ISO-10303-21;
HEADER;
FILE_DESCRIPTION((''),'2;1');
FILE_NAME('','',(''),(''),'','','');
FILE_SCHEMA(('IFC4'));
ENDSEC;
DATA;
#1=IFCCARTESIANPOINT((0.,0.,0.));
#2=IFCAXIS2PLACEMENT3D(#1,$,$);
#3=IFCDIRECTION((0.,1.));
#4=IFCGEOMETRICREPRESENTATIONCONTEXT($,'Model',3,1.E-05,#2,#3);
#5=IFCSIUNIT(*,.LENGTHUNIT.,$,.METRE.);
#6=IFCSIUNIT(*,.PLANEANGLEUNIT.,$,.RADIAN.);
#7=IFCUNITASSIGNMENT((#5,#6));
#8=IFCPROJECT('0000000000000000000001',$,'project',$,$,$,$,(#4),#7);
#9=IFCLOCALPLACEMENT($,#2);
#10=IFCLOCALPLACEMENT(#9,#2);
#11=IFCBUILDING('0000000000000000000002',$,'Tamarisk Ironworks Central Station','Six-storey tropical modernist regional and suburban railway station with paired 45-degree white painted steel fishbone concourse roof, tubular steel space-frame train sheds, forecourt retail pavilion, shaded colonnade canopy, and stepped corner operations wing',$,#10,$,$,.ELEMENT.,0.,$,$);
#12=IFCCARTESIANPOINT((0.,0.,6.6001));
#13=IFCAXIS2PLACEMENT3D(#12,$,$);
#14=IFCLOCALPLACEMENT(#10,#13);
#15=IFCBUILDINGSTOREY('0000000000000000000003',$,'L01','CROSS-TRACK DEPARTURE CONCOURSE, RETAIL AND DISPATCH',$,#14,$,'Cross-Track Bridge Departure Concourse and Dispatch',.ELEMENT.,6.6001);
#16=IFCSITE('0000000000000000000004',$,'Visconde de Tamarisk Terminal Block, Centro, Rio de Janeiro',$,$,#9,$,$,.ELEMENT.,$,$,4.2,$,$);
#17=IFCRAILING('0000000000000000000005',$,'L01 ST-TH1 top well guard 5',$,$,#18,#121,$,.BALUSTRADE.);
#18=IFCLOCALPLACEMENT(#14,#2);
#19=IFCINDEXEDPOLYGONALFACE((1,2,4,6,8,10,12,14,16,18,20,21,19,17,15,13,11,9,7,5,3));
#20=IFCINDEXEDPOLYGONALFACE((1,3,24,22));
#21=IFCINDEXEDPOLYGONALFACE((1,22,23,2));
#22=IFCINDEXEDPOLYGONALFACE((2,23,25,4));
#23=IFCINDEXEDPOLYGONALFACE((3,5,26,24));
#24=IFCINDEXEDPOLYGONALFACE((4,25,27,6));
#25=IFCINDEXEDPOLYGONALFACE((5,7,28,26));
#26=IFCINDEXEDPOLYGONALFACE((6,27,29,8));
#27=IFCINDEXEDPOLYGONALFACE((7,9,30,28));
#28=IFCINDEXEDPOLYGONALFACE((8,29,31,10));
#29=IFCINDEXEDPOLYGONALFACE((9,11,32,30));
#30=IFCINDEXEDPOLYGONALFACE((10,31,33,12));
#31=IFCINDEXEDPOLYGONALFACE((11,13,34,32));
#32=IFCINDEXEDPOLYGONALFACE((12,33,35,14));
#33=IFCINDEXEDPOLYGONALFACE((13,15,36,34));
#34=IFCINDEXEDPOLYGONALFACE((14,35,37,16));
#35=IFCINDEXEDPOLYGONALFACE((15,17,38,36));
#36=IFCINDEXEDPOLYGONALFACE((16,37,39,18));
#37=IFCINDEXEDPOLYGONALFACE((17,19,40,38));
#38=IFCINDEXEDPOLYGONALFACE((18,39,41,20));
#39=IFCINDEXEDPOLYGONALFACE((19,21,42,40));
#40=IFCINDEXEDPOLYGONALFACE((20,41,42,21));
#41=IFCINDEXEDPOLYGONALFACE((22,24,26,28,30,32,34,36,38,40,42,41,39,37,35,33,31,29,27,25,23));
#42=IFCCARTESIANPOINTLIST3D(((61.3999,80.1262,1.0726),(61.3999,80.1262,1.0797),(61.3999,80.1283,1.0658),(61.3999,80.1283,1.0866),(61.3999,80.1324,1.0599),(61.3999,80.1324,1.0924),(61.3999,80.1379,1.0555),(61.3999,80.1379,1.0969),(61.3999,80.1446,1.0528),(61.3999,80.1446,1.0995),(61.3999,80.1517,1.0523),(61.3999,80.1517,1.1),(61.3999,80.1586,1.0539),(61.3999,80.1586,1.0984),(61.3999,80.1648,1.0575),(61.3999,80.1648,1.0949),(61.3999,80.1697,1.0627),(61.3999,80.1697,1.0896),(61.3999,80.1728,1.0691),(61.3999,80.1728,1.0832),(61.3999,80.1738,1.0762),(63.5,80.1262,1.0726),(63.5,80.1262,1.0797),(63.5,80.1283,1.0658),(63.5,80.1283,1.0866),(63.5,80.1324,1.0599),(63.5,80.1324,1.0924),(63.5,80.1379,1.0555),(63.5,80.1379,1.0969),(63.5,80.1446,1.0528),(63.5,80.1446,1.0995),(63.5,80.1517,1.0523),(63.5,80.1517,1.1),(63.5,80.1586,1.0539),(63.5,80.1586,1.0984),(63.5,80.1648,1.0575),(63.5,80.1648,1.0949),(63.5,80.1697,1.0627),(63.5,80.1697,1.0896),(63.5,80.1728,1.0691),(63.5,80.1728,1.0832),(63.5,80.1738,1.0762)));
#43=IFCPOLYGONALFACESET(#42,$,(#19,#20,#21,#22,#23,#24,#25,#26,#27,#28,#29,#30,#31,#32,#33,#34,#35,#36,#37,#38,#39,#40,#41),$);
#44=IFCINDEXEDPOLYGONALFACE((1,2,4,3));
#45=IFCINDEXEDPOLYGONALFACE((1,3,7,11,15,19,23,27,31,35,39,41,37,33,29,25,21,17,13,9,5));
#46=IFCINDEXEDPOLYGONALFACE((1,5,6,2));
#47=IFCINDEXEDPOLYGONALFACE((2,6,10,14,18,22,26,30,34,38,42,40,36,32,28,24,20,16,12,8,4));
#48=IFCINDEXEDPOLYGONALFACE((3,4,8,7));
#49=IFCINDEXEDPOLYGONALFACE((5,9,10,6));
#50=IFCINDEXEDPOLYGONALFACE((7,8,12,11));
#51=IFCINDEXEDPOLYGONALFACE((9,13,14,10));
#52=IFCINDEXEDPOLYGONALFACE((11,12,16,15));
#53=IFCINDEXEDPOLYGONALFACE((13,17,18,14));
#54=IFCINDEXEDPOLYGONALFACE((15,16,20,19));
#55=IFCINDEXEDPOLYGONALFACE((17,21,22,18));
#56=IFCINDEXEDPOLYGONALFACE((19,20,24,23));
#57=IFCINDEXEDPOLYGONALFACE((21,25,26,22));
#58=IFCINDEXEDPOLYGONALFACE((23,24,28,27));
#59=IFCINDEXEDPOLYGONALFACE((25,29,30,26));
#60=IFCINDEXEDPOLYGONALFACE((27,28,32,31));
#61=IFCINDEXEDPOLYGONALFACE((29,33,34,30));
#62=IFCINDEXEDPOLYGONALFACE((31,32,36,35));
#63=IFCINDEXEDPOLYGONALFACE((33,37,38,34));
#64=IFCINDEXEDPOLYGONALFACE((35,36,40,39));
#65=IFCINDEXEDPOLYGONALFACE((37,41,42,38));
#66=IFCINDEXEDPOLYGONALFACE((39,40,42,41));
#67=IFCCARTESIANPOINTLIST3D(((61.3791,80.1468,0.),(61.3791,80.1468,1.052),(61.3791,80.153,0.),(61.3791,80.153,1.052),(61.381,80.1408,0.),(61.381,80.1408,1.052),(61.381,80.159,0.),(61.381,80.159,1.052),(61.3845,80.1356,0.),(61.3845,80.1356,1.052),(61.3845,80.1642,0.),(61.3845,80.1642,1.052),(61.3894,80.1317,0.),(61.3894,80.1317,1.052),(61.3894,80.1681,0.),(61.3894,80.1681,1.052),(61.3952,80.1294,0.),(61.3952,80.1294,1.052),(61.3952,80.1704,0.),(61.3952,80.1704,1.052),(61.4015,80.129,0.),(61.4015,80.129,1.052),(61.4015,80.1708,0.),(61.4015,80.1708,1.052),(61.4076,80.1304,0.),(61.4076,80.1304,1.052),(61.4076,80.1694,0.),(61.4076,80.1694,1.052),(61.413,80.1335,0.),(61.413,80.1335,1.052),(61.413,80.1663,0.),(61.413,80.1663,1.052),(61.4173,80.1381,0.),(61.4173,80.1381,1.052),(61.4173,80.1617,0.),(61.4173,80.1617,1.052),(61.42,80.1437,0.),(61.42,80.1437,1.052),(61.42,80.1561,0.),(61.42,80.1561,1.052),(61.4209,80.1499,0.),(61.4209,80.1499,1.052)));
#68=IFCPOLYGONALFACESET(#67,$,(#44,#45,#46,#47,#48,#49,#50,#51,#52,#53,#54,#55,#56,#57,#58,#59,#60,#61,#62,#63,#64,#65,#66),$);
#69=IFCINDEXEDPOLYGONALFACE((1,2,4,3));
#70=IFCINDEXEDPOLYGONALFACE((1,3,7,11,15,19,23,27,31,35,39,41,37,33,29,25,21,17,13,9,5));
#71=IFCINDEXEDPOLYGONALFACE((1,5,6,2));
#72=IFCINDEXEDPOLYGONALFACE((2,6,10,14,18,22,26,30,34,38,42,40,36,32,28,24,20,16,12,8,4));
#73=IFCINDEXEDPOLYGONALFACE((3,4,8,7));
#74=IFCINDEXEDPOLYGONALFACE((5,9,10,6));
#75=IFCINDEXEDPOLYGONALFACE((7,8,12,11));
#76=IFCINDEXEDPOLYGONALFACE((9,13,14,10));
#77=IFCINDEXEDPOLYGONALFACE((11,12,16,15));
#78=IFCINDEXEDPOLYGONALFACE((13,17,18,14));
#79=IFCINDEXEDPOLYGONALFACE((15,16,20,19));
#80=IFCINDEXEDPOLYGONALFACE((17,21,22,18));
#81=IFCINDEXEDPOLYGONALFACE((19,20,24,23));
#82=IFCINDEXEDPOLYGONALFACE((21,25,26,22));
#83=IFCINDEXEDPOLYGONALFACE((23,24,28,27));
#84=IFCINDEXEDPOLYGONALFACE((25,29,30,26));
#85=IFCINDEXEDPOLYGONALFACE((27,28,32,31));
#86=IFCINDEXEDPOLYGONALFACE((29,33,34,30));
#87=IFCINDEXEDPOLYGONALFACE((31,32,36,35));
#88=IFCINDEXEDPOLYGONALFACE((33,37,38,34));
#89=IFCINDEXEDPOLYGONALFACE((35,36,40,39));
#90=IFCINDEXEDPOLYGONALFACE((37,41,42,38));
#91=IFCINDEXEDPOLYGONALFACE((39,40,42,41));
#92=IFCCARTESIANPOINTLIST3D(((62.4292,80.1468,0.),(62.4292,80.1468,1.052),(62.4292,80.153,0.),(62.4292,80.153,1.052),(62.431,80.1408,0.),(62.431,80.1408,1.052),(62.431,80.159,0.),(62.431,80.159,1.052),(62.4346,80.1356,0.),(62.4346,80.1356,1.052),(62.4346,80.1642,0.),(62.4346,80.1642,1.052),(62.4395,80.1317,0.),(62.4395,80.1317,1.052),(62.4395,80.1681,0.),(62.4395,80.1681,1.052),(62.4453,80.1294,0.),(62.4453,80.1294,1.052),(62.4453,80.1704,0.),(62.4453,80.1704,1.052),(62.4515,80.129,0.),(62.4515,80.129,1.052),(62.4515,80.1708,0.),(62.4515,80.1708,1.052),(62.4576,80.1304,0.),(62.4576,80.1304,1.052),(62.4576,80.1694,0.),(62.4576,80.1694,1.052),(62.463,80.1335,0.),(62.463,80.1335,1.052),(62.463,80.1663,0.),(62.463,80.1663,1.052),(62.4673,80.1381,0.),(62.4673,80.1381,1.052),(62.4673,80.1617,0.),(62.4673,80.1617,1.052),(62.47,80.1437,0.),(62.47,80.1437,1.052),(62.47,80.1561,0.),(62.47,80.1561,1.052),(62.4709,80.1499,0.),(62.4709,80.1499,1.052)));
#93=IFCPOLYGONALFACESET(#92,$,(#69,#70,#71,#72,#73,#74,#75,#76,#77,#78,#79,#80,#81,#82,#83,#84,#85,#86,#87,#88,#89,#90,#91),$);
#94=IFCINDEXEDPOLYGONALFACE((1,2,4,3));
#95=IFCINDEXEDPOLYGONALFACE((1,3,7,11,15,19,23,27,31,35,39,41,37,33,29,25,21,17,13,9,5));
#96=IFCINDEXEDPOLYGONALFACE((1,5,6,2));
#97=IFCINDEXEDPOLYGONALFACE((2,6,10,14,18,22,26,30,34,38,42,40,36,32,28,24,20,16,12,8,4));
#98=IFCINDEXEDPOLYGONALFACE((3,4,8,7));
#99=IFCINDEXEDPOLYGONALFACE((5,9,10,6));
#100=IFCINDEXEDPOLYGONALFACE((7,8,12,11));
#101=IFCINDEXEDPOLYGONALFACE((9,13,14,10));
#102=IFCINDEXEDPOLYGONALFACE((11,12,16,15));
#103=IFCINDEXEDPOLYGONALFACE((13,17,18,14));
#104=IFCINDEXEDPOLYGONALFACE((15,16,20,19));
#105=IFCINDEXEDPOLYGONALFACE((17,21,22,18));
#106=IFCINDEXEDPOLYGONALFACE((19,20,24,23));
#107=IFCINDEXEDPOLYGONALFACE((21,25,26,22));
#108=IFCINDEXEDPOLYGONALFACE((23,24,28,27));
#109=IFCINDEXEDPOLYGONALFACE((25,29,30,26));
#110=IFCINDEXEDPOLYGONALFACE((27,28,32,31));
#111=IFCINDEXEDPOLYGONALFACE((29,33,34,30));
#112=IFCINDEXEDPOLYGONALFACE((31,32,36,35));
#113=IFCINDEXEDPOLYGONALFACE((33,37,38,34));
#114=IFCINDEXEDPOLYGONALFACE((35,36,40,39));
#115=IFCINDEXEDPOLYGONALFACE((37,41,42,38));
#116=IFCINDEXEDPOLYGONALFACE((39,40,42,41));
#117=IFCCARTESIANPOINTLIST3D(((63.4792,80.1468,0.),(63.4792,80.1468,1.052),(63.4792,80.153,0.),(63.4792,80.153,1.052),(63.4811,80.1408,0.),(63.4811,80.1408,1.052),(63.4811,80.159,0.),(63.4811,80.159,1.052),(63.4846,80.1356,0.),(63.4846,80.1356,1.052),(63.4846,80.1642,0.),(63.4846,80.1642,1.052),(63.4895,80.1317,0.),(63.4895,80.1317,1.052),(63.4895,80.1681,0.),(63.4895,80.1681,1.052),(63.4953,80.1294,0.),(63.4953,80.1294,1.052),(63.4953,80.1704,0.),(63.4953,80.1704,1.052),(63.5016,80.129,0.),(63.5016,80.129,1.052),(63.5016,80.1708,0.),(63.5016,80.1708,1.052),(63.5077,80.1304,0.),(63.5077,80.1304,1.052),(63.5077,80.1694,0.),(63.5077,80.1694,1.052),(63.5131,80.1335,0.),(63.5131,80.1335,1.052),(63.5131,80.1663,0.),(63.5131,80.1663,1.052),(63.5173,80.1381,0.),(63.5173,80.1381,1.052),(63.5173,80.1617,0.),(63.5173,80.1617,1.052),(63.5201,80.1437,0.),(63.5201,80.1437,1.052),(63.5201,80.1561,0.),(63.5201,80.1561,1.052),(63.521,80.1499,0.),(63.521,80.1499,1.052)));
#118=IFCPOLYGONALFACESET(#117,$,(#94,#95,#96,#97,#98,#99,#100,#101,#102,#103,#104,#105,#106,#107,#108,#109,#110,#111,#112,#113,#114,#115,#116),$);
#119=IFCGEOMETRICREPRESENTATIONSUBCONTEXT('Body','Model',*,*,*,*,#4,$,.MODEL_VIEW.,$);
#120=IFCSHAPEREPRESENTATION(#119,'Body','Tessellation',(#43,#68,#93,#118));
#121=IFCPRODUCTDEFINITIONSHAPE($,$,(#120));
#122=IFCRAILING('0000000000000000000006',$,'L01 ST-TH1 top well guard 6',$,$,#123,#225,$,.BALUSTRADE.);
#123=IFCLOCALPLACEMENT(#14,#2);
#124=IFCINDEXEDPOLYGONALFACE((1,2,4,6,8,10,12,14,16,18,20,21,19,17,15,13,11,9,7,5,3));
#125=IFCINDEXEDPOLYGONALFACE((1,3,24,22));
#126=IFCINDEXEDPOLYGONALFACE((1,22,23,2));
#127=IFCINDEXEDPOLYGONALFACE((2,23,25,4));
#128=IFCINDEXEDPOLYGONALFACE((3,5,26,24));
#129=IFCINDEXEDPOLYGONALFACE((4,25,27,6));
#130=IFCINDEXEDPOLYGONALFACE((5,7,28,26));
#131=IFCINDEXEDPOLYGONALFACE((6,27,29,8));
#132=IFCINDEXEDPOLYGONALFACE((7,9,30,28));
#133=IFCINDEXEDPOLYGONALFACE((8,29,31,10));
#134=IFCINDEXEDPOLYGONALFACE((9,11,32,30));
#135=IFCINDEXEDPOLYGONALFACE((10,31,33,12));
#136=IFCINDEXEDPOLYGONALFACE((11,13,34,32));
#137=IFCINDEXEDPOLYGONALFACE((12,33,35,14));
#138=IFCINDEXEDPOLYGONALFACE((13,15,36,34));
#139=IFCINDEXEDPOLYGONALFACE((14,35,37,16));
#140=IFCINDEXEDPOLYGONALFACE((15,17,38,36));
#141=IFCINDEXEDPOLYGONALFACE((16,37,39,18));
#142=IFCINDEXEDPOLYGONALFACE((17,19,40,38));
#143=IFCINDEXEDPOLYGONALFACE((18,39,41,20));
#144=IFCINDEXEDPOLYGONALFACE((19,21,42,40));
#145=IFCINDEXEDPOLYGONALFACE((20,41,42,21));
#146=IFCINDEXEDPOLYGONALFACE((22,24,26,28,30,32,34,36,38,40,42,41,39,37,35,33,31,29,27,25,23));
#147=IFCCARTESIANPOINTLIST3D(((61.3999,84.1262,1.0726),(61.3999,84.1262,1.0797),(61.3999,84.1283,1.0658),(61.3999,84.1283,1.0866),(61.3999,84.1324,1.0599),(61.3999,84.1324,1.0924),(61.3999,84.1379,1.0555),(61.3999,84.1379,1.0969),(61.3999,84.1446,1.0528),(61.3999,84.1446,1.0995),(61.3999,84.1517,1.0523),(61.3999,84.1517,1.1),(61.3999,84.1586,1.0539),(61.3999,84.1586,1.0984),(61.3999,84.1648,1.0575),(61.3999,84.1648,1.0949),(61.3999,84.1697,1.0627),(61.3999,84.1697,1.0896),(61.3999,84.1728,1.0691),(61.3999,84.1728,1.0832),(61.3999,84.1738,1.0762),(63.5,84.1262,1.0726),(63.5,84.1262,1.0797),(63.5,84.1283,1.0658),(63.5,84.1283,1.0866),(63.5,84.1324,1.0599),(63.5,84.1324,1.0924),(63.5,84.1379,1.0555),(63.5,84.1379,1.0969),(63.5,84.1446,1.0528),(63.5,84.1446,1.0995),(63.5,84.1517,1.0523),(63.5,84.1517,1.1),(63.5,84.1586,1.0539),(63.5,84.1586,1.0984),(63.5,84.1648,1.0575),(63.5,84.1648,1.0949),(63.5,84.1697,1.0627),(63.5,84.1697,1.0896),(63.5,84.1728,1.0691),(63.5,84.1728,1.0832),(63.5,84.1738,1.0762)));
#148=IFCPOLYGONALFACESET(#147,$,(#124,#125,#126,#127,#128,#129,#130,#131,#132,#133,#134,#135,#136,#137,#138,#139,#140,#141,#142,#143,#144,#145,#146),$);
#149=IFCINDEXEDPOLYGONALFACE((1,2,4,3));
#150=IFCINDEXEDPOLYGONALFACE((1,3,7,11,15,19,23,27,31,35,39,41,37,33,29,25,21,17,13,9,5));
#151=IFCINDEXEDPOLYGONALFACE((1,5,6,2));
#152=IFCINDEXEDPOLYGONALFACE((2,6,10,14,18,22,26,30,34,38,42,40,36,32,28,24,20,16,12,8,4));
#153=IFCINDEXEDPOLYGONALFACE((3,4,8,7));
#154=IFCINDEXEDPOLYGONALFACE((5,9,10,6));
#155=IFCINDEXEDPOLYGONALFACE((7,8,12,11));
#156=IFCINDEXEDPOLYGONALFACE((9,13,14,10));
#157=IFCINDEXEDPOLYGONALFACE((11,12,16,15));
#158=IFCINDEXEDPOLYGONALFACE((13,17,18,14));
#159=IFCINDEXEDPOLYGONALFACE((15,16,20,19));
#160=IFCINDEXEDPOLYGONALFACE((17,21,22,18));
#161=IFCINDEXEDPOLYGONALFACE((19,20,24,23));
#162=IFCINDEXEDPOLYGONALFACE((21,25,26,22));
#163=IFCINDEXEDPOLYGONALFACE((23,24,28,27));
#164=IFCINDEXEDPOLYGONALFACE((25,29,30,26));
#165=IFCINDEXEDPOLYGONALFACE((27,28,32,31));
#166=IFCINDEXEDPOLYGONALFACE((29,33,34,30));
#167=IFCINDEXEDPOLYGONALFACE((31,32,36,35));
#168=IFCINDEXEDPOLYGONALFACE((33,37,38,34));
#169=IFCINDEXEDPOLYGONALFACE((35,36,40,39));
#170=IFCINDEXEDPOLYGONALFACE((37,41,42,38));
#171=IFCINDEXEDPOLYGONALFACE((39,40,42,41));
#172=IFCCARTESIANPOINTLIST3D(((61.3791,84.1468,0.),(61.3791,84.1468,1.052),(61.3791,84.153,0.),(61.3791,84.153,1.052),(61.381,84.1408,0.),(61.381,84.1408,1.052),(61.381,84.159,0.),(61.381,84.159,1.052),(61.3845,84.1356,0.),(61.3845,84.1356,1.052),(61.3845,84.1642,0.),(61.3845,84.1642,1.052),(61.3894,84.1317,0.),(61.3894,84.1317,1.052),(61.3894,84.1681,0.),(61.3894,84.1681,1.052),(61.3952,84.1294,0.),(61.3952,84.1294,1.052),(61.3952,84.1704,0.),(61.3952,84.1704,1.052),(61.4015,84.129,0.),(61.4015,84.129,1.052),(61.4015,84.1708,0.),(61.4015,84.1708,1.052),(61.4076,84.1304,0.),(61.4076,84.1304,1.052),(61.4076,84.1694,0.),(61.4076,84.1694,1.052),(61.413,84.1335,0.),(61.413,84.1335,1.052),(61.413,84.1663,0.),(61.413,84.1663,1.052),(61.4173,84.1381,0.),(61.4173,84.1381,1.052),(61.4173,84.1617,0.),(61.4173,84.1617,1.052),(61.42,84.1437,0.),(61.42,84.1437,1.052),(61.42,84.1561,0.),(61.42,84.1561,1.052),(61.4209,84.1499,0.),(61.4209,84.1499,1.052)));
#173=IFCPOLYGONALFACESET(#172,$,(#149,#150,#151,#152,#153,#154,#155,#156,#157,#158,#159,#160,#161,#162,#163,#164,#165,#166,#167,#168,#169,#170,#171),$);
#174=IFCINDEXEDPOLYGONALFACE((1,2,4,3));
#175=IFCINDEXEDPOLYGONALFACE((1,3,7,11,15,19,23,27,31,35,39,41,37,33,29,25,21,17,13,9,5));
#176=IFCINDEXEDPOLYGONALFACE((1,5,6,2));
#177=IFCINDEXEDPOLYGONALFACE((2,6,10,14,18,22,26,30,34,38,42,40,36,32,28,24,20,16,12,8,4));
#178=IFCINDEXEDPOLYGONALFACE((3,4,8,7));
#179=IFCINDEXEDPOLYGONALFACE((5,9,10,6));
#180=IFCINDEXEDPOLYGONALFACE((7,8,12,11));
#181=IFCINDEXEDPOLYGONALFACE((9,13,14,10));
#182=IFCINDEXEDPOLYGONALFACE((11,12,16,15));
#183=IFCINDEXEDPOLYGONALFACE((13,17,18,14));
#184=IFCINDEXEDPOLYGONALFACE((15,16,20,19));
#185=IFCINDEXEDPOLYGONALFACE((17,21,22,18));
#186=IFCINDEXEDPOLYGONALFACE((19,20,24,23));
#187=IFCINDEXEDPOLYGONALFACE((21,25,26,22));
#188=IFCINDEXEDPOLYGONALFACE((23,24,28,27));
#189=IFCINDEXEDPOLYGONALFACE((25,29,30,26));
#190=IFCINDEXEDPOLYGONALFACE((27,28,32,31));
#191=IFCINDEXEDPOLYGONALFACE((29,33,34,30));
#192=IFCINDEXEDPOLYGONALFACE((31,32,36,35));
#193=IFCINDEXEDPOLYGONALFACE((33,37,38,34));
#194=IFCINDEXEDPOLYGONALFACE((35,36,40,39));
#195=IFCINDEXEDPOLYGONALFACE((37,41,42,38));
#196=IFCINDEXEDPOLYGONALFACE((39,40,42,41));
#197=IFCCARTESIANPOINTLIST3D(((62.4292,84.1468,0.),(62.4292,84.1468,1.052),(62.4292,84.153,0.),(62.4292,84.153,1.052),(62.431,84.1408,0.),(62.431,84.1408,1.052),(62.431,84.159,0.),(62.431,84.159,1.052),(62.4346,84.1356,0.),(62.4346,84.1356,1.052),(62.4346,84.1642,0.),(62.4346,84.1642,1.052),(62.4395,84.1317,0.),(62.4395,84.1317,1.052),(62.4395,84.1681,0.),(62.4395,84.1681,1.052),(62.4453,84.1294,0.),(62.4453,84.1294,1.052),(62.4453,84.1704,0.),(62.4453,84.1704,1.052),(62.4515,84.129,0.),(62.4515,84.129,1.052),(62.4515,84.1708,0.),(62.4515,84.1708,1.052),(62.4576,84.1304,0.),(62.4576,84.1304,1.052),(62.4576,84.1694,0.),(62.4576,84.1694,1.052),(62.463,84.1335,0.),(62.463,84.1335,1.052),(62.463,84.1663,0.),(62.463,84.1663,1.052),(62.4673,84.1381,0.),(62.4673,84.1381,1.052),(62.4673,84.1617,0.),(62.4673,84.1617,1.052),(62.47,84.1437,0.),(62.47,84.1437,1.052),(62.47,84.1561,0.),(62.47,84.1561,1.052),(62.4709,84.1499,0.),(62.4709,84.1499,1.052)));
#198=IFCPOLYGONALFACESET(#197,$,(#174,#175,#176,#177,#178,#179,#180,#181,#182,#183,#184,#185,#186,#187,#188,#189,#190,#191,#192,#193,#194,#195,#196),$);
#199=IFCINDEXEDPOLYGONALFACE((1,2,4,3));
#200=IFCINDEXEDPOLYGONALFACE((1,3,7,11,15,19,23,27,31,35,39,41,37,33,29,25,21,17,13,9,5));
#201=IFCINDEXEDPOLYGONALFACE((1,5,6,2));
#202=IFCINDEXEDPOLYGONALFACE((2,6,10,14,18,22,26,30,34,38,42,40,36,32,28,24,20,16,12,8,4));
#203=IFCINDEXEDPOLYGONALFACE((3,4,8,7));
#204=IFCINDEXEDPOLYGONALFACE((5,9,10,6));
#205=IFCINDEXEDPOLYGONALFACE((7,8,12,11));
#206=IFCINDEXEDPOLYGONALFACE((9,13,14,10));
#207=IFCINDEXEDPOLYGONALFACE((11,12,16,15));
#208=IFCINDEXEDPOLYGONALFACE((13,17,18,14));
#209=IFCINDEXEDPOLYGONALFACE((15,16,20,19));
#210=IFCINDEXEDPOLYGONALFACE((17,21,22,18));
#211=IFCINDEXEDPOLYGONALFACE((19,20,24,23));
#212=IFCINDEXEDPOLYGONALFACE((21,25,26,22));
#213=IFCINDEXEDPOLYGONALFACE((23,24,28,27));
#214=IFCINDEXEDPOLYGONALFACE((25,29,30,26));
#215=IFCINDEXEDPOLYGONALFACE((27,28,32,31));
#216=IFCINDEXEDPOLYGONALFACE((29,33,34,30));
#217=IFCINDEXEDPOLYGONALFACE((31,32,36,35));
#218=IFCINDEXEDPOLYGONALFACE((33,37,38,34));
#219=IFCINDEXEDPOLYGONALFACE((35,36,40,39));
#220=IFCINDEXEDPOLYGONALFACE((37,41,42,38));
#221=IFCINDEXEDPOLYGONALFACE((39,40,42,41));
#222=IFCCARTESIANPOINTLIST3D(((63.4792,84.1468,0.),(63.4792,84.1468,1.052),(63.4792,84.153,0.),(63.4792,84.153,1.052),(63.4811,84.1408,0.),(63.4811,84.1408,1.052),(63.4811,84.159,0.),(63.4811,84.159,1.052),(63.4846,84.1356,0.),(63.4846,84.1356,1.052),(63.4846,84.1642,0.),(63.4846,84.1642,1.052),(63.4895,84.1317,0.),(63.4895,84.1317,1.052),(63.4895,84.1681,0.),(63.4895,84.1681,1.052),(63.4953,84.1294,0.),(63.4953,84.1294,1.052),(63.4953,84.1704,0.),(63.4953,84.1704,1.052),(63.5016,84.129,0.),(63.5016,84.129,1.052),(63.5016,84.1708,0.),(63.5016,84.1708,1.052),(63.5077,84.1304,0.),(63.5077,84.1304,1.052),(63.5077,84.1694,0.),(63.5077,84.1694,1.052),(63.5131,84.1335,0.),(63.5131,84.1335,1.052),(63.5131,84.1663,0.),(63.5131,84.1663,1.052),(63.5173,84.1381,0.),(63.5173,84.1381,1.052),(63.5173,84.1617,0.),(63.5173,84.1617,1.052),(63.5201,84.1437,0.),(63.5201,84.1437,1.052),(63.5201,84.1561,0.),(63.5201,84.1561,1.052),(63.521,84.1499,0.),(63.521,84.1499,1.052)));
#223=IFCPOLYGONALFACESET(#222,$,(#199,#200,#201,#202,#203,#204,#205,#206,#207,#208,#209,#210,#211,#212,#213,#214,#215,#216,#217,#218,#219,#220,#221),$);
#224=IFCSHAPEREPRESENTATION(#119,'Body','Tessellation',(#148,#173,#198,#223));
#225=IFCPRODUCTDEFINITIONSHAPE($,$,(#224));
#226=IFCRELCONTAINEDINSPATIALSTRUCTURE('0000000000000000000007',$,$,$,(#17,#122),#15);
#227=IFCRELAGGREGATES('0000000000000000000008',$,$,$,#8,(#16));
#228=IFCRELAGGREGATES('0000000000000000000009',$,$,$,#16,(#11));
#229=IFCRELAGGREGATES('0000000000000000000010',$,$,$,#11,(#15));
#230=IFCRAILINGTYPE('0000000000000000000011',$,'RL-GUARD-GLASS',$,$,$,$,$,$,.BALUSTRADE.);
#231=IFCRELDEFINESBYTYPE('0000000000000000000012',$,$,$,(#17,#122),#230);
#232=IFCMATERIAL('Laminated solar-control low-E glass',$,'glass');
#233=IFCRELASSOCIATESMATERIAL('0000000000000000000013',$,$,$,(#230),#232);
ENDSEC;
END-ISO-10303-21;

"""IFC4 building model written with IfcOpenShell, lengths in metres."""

from ifc_helpers import new_model, si_unit, direction, frame, origin, origin_2d, place, context, subcontext, project, spatial, circle, extrude, material, type_object, element, save


model = new_model("IFC4")

# Units and contexts
model_context = context("Model", 3, precision=1e-05, world=origin(), true_north=direction((0.0, 1.0)))
body_context = subcontext(model_context, "Body", "Model", "MODEL_VIEW")
ifc_project = project(units=[si_unit("LENGTHUNIT", "METRE"), si_unit("PLANEANGLEUNIT", "RADIAN")], contexts=[model_context])

# Site, building, storey
site_placement = place(None, origin())
site = spatial("IfcSite", under=ifc_project, at=site_placement, Name="Visconde de Tamarisk Terminal Block, Centro, Rio de Janeiro", CompositionType="ELEMENT", RefElevation=4.2)
building_placement = place(site_placement, origin())
building = spatial("IfcBuilding", under=site, at=building_placement, Name="Tamarisk Ironworks Central Station", Description="Six-storey tropical modernist regional and suburban railway station with paired 45-degree white painted steel fishbone concourse roof, tubular steel space-frame train sheds, forecourt retail pavilion, shaded colonnade canopy, and stepped corner operations wing", CompositionType="ELEMENT", ElevationOfRefHeight=0.0)
storey_placement = place(building_placement, frame((0.0, 0.0, 6.6001)))
storey = spatial("IfcBuildingStorey", under=building, at=storey_placement, Name="L01", Description="CROSS-TRACK DEPARTURE CONCOURSE, RETAIL AND DISPATCH", LongName="Cross-Track Bridge Departure Concourse and Dispatch", CompositionType="ELEMENT", Elevation=6.6001)

# Shared definitions
ifc_material_1 = material(Name="Laminated solar-control low-E glass", Category="glass")

# Railings
railing_type = type_object("IfcRailingType", Name="RL-GUARD-GLASS", PredefinedType="BALUSTRADE", material=ifc_material_1)
for number, where, name in (
    (1, (61.3999, 80.1499, 0.0), "L01 ST-TH1 top well guard 5"),
    (2, (61.3999, 84.1499, 0.0), "L01 ST-TH1 top well guard 6"),
):
    element("IfcRailing", number, at=place(storey_placement, frame(where)), inside=storey, type_object=railing_type, Name=name, PredefinedType="BALUSTRADE", context=body_context, shape_type="SweptSolid", body=[
        extrude(circle(Radius=0.0239, at=origin_2d()), frame((0.0, 0.0, 1.0762), z_axis=(1.0, 0.0, 0.0), x_axis=(0.0, 1.0, 0.0)), (0.0, 0.0, 1.0), 2.1001),
        extrude(circle(Radius=0.021, at=origin_2d()), origin(), (0.0, 0.0, 1.0), 1.052),
        extrude(circle(Radius=0.021, at=origin_2d()), frame((1.05, 0.0, 0.0)), (0.0, 0.0, 1.0), 1.052),
        extrude(circle(Radius=0.021, at=origin_2d()), frame((2.1001, 0.0, 0.0)), (0.0, 0.0, 1.0), 1.052),
    ])

save(model, "model.ifc")
